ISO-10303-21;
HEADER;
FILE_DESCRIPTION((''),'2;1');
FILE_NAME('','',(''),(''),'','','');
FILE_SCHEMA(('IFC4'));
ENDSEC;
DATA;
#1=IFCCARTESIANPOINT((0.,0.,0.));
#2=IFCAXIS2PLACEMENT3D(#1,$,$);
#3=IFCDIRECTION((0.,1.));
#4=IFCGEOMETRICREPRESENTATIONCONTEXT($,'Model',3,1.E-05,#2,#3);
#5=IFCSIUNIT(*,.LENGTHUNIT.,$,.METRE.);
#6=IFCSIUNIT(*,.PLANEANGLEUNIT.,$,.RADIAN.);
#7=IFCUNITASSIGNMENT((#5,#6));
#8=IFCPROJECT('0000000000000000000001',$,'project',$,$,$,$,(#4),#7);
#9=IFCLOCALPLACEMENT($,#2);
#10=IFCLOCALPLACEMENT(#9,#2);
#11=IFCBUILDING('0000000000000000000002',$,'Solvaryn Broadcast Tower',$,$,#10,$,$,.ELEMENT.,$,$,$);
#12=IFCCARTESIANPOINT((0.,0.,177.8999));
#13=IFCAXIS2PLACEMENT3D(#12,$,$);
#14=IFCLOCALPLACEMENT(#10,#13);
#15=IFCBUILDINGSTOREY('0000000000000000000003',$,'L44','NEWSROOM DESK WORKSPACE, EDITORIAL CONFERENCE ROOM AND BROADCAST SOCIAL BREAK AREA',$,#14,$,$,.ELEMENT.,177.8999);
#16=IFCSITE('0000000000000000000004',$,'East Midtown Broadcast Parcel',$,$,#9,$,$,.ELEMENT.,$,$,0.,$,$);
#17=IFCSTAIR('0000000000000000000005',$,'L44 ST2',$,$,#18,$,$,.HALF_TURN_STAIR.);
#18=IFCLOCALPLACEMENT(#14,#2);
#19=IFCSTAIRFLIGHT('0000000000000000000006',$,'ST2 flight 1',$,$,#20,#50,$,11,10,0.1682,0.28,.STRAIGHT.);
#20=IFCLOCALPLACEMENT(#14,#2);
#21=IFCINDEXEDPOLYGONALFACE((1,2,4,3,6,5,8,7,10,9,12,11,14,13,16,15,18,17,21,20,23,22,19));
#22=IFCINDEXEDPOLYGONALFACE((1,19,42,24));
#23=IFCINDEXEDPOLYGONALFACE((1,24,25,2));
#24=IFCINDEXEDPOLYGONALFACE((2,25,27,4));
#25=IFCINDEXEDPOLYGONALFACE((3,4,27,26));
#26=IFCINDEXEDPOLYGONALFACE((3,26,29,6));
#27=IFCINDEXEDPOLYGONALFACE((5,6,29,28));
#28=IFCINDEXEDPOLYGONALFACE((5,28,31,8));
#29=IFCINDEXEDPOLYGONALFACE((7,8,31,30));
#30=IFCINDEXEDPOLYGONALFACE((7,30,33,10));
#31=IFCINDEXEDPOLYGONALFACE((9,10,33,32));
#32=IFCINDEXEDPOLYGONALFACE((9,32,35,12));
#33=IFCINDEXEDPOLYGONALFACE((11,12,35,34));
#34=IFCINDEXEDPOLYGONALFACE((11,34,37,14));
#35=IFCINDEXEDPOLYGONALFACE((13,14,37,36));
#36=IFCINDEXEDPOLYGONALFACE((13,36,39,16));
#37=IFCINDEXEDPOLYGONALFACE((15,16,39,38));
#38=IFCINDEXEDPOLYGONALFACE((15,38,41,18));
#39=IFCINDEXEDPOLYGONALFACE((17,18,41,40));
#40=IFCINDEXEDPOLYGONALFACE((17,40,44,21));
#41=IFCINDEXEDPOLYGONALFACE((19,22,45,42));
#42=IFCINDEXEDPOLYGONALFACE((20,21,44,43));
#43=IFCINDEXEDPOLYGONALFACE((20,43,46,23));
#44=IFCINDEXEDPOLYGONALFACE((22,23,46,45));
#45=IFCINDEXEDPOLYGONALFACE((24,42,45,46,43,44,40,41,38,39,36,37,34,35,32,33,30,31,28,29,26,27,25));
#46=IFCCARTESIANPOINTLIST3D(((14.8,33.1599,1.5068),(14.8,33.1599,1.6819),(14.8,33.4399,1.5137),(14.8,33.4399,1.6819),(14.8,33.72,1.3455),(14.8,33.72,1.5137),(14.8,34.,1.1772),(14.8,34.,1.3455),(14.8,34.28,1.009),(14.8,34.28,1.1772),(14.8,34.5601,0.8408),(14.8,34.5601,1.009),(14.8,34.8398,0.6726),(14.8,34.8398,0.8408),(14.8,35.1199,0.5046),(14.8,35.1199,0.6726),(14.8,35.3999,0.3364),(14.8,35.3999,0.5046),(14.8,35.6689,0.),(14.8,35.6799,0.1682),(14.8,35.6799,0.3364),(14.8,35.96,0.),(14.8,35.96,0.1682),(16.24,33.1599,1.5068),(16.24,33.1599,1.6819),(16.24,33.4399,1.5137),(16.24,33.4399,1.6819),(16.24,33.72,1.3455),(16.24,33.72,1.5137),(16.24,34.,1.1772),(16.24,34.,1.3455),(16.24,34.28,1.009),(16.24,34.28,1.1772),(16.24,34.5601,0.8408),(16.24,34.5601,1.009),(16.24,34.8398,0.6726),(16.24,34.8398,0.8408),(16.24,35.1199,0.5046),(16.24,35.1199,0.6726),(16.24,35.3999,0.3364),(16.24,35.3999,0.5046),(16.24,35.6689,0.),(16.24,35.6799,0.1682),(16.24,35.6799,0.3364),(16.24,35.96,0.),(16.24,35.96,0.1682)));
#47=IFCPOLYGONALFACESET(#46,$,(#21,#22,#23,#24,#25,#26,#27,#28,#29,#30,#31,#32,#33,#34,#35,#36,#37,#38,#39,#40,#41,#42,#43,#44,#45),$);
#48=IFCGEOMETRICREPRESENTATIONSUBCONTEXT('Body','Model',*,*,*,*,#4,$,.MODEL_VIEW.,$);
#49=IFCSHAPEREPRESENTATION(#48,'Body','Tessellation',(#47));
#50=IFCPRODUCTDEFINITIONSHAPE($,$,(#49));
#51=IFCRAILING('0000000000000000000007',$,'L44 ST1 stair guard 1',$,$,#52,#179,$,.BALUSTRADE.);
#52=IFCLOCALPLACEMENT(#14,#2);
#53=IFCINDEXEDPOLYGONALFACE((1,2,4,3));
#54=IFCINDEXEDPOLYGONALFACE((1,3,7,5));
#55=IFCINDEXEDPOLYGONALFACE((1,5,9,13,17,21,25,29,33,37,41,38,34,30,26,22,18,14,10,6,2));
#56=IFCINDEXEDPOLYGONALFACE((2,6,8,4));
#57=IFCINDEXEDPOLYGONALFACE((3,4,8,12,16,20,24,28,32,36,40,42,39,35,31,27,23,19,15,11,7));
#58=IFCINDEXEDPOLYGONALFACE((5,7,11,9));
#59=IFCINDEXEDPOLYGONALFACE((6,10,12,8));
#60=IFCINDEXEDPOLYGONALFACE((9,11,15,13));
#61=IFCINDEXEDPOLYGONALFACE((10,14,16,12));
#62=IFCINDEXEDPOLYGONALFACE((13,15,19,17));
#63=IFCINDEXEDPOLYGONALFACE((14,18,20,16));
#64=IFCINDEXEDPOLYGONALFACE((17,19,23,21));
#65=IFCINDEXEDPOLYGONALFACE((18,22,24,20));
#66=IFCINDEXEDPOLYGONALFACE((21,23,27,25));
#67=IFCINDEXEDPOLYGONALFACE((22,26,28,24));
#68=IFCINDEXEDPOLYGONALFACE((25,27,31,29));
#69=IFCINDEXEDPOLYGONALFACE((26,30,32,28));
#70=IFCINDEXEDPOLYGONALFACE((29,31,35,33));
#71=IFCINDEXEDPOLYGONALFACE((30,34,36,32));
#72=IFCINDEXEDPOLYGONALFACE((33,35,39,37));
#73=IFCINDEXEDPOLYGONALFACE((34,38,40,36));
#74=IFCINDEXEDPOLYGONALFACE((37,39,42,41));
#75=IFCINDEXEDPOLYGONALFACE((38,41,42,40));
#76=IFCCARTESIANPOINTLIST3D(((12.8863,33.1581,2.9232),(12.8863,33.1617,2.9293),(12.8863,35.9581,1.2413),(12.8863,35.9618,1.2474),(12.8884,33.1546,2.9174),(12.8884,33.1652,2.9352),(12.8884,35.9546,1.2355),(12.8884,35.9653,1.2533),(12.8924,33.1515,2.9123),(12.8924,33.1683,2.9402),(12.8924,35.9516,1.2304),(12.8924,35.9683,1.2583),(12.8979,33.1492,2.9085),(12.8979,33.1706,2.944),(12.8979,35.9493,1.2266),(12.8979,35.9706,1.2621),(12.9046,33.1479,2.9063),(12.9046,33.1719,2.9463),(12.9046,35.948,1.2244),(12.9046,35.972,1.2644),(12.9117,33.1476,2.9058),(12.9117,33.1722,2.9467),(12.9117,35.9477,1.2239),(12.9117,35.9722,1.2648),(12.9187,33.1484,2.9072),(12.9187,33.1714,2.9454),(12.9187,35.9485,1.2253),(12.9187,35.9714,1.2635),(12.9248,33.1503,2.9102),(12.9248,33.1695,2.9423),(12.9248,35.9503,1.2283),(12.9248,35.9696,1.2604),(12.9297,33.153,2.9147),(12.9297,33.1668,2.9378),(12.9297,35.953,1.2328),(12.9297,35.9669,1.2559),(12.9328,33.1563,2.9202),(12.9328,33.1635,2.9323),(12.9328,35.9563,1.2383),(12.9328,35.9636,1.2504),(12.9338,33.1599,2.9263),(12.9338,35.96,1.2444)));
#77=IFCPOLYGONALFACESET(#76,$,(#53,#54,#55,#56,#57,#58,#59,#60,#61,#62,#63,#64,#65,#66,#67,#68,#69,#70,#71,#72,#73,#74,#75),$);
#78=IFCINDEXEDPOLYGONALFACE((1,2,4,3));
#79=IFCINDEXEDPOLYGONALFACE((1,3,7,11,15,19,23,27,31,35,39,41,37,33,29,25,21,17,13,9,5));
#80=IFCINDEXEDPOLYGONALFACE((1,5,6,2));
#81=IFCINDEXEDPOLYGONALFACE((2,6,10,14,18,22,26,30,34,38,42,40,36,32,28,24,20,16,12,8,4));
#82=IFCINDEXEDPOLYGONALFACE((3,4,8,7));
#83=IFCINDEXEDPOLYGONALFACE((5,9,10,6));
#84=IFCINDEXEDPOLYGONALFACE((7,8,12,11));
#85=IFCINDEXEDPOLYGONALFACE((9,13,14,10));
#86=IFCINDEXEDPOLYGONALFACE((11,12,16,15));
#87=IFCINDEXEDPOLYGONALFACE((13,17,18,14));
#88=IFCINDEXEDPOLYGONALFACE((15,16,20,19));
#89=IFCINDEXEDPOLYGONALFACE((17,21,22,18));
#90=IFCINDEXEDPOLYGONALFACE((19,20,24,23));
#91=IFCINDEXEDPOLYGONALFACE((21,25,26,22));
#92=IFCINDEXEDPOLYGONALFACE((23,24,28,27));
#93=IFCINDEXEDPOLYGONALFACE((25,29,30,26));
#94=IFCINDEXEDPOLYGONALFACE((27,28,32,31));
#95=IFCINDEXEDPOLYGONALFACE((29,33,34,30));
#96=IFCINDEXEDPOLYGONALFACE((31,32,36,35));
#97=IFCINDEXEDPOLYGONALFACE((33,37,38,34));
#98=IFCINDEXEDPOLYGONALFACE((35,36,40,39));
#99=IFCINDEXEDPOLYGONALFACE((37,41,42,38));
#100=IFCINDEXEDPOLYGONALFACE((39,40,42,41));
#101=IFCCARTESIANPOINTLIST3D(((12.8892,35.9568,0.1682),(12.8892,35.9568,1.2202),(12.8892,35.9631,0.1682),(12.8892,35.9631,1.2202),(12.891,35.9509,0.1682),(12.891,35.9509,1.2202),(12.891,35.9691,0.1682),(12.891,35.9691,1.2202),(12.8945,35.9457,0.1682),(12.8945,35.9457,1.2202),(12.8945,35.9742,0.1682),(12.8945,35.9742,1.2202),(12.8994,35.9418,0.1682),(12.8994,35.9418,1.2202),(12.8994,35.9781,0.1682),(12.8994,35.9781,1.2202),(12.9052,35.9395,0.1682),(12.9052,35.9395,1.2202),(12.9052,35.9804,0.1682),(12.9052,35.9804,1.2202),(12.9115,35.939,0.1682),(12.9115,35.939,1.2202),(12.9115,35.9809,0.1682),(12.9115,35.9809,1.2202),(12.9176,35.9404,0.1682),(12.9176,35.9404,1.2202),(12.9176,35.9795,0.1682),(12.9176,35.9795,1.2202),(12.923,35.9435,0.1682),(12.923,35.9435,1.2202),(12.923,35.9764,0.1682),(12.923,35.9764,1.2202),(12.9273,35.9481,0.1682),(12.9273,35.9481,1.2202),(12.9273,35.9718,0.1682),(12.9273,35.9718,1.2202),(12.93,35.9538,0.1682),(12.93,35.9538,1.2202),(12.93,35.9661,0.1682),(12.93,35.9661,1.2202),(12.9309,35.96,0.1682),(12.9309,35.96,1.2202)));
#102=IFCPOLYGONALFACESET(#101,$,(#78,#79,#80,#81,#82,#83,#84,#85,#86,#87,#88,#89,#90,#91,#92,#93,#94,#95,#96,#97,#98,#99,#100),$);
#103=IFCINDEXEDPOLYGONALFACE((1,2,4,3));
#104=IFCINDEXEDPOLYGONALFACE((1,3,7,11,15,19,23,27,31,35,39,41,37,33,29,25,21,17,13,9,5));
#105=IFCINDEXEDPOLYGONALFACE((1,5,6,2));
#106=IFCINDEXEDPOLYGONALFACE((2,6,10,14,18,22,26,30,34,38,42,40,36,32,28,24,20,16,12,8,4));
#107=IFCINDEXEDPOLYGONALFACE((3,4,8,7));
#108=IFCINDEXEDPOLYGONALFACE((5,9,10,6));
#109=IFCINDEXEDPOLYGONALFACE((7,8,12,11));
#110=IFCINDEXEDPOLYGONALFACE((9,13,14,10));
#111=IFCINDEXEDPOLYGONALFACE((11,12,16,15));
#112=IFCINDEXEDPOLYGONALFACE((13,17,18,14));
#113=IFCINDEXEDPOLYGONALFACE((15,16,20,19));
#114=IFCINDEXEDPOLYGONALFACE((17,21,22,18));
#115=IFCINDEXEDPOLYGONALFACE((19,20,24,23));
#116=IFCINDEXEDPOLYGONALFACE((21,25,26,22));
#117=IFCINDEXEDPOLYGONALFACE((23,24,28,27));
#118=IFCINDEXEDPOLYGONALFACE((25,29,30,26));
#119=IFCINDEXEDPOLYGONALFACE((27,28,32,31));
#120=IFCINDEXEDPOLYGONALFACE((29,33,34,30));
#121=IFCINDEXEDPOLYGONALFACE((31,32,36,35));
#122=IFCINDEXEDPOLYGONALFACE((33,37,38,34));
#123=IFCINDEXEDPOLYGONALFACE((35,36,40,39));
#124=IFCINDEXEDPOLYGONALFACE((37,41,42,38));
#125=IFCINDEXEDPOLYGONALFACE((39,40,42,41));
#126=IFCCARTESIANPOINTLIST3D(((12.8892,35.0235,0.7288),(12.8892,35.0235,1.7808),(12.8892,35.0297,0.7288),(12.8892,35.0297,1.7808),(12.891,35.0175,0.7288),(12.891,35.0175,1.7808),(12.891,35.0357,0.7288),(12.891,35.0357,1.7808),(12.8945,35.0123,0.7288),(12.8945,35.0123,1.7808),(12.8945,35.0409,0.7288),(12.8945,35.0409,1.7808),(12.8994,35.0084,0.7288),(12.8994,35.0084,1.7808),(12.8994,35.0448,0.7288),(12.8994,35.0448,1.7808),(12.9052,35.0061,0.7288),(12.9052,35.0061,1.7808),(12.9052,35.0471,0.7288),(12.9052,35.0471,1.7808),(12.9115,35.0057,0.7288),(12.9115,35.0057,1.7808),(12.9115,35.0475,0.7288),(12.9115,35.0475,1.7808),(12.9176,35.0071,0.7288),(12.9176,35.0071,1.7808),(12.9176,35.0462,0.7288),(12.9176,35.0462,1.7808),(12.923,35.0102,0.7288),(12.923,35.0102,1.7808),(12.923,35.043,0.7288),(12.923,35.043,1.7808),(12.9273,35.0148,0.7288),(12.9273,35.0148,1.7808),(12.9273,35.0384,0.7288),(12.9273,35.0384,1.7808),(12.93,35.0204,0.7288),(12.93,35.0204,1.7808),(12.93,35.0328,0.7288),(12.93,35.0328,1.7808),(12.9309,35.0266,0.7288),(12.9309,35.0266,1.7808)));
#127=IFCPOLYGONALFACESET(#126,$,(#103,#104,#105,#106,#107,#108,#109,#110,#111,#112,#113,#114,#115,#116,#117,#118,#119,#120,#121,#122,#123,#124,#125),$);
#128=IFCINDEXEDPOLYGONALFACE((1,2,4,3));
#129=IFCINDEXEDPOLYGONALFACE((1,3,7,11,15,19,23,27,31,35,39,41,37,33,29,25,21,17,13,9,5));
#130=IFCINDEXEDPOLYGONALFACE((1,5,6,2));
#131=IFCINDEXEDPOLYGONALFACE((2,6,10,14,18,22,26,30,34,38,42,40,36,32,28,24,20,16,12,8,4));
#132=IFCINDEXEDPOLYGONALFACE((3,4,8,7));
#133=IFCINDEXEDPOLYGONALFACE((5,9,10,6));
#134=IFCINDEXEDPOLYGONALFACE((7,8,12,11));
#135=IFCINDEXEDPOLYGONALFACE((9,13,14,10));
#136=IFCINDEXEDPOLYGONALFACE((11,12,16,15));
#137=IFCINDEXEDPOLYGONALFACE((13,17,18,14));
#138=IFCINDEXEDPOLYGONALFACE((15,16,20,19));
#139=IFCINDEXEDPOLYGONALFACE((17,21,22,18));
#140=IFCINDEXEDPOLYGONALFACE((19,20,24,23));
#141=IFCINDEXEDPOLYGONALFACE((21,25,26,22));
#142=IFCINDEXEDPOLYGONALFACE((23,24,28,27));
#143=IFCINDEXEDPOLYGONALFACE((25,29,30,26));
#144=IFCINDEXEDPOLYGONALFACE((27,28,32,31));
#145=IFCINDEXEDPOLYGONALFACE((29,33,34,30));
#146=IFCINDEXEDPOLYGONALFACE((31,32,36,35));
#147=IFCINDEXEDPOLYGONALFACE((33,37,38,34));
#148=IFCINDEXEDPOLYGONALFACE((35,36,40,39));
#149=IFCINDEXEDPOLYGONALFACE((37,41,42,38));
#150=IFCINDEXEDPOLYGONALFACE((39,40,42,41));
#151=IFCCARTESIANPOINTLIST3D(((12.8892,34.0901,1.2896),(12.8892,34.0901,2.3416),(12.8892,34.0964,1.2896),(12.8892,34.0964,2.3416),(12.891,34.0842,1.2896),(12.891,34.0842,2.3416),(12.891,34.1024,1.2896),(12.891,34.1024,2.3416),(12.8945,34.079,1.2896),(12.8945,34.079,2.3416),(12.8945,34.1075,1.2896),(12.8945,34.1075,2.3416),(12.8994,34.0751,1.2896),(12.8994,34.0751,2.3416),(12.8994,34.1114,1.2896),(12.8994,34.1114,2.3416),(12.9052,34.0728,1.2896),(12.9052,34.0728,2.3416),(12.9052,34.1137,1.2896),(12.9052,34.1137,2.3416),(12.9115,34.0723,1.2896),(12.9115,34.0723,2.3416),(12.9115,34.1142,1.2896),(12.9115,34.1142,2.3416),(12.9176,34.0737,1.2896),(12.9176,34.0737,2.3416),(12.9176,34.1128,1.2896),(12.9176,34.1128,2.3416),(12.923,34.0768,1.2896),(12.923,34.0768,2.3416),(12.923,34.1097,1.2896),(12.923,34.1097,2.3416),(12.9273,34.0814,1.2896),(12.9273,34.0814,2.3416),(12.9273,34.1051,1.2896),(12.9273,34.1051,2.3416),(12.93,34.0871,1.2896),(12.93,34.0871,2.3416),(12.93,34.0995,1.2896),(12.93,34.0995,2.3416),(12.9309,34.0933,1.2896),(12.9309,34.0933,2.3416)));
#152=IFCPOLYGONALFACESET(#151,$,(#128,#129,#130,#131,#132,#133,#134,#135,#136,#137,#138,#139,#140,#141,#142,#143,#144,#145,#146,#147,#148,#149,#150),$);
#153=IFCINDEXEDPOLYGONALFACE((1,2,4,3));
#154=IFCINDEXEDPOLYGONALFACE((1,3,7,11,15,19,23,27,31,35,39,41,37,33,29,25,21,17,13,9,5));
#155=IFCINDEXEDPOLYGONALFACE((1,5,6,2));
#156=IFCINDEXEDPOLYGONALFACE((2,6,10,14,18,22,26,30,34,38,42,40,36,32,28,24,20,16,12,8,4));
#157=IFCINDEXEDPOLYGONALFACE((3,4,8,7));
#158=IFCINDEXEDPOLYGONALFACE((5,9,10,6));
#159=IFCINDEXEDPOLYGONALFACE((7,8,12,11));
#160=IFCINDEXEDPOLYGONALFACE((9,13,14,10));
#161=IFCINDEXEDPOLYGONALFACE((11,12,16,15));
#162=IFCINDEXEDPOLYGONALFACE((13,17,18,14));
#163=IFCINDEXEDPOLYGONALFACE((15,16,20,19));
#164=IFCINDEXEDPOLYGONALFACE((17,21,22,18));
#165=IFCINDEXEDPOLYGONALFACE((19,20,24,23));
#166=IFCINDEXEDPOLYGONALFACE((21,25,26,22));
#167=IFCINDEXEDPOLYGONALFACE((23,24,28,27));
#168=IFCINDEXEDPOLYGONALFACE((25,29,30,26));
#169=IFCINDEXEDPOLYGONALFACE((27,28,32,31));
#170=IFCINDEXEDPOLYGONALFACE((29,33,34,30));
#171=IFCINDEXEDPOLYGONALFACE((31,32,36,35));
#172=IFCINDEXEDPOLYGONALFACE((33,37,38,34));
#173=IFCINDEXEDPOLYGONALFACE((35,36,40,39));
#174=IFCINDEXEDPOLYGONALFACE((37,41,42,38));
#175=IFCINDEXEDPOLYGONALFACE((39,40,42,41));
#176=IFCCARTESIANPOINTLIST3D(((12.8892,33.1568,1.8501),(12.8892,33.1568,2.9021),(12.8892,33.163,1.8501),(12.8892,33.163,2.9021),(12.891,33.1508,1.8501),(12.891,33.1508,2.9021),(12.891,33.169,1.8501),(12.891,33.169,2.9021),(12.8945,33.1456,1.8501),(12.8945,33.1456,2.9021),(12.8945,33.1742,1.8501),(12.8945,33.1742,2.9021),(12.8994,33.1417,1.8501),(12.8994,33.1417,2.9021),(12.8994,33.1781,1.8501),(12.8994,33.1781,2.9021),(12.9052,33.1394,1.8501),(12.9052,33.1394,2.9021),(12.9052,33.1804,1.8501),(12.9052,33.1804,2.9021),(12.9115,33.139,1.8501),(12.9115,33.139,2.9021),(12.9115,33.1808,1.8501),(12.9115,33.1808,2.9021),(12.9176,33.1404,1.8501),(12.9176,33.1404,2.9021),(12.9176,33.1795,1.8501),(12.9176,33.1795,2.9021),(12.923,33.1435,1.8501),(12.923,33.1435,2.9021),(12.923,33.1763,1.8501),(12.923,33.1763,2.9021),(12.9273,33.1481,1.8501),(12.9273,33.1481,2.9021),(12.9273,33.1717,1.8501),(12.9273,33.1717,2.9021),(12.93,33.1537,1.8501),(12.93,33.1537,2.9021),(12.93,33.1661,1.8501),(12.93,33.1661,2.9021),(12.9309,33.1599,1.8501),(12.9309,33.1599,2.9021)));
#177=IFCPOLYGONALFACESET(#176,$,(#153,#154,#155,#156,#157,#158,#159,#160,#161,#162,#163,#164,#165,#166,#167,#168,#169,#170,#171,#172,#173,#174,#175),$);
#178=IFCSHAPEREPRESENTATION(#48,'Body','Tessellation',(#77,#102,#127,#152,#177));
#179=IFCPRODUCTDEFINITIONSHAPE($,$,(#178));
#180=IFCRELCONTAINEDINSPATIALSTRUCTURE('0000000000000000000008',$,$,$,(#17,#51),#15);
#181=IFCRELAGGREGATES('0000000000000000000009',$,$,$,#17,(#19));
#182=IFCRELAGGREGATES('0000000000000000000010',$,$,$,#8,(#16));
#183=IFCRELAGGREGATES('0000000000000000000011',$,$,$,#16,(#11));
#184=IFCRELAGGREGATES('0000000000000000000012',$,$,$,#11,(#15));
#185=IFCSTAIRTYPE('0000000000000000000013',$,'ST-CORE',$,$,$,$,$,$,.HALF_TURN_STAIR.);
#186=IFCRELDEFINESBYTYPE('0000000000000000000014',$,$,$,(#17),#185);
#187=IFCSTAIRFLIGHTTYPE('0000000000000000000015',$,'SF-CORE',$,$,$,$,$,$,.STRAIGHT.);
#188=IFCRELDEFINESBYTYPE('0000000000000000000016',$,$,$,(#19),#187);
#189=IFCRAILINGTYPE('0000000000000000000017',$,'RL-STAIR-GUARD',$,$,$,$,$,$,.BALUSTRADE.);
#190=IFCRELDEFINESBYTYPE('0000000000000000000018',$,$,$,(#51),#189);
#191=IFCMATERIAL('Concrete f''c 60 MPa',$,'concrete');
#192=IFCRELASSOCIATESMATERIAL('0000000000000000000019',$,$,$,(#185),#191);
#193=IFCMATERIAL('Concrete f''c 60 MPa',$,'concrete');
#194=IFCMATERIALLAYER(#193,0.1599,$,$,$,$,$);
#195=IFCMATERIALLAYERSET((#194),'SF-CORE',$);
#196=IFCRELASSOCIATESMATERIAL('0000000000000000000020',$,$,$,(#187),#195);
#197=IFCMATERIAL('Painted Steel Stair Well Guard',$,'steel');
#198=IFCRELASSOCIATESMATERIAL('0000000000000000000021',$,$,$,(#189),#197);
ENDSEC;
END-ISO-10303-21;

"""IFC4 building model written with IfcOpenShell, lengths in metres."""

from ifc_helpers import new_model, si_unit, direction, frame, origin, origin_2d, place, context, subcontext, project, spatial, polyline, circle, outline, extrude, material, layer, layer_set, type_object, element, aggregate, save


model = new_model("IFC4")

# Units and contexts
model_context = context("Model", 3, precision=1e-05, world=origin(), true_north=direction((0.0, 1.0)))
body_context = subcontext(model_context, "Body", "Model", "MODEL_VIEW")
ifc_project = project(units=[si_unit("LENGTHUNIT", "METRE"), si_unit("PLANEANGLEUNIT", "RADIAN")], contexts=[model_context])

# Site, building, storey
site_placement = place(None, origin())
site = spatial("IfcSite", under=ifc_project, at=site_placement, Name="East Midtown Broadcast Parcel", CompositionType="ELEMENT", RefElevation=0.0)
building_placement = place(site_placement, origin())
building = spatial("IfcBuilding", under=site, at=building_placement, Name="Solvaryn Broadcast Tower", CompositionType="ELEMENT")
storey_placement = place(building_placement, frame((0.0, 0.0, 177.8999)))
storey = spatial("IfcBuildingStorey", under=building, at=storey_placement, Name="L44", Description="NEWSROOM DESK WORKSPACE, EDITORIAL CONFERENCE ROOM AND BROADCAST SOCIAL BREAK AREA", CompositionType="ELEMENT", Elevation=177.8999)

# Shared definitions
ifc_material_1 = material(Name="Concrete f'c 60 MPa", Category="concrete")
stair_type = type_object("IfcStairType", Name="ST-CORE", PredefinedType="HALF_TURN_STAIR", material=ifc_material_1)
ifc_material_2 = material(Name="Concrete f'c 60 MPa", Category="concrete")
ifc_layer_1 = layer(ifc_material_2, 0.1599)
ifc_layer_set_1 = layer_set([ifc_layer_1], Name="SF-CORE")
stair_flight_type = type_object("IfcStairFlightType", Name="SF-CORE", PredefinedType="STRAIGHT", material=ifc_layer_set_1)

# Stair, stair flight
stair_1_placement = place(storey_placement, origin())
stair_1 = element("IfcStair", 1, at=stair_1_placement, inside=storey, type_object=stair_type, Name="L44 ST2", PredefinedType="HALF_TURN_STAIR")
stair_flight_1_placement = place(storey_placement, frame((15.52, 35.96, 0.0), z_axis=(0.0, 0.0, 1.0), x_axis=(0.0, -1.0, 0.0)))
stair_flight_1 = element("IfcStairFlight", 2, at=stair_flight_1_placement, type_object=stair_flight_type, Name="ST2 flight 1", NumberOfRisers=11, NumberOfTreads=10, PredefinedType="STRAIGHT", RiserHeight=0.1682, TreadLength=0.28, context=body_context, shape_type="SweptSolid", body=[
    extrude(outline(polyline([(0.0, 0.0), (0.0, 0.1682), (0.28, 0.1682), (0.28, 0.3364), (0.5601, 0.3364), (0.5601, 0.5046), (0.8401, 0.5046), (0.8401, 0.6726), (1.1201, 0.6726), (1.1201, 0.8408), (1.3999, 0.8408), (1.3999, 1.009), (1.6799, 1.009), (1.6799, 1.1772), (1.96, 1.1772), (1.96, 1.3455), (2.24, 1.3455), (2.24, 1.5137), (2.52, 1.5137), (2.52, 1.6819), (2.8, 1.6819), (2.8, 1.8501), (2.8, 1.5068), (0.291, 0.0), (0.0, 0.0)])), frame((0.0, 0.72, 0.0), z_axis=(0.0, -1.0, 0.0), x_axis=(1.0, 0.0, 0.0)), (0.0, 0.0, 1.0), 1.4399),
])
aggregate(stair_1, [stair_flight_1])

# Railing
ifc_material_3 = material(Name="Painted Steel Stair Well Guard", Category="steel")
railing_type_1 = type_object("IfcRailingType", Name="RL-STAIR-GUARD", PredefinedType="BALUSTRADE", material=ifc_material_3)
railing_1_placement = place(storey_placement, frame((12.9099, 35.96, 0.1682)))
element("IfcRailing", 3, at=railing_1_placement, inside=storey, type_object=railing_type_1, Name="L44 ST1 stair guard 1", PredefinedType="BALUSTRADE", context=body_context, shape_type="SweptSolid", body=[
    extrude(circle(Radius=0.0239, at=origin_2d()), frame((0.0, 0.0, 1.0762), z_axis=(0.0, -0.857242, 0.514913), x_axis=(1.0, 0.0, 0.0)), (0.0, 0.0, 1.0), 3.2664),
    extrude(circle(Radius=0.021, at=origin_2d()), origin(), (0.0, 0.0, 1.0), 1.052),
    extrude(circle(Radius=0.021, at=origin_2d()), frame((0.0, -0.9333, 0.5605)), (0.0, 0.0, 1.0), 1.052),
    extrude(circle(Radius=0.021, at=origin_2d()), frame((0.0, -1.8667, 1.1213)), (0.0, 0.0, 1.0), 1.052),
    extrude(circle(Radius=0.021, at=origin_2d()), frame((0.0, -2.8, 1.6819)), (0.0, 0.0, 1.0), 1.052),
])

save(model, "model.ifc")
